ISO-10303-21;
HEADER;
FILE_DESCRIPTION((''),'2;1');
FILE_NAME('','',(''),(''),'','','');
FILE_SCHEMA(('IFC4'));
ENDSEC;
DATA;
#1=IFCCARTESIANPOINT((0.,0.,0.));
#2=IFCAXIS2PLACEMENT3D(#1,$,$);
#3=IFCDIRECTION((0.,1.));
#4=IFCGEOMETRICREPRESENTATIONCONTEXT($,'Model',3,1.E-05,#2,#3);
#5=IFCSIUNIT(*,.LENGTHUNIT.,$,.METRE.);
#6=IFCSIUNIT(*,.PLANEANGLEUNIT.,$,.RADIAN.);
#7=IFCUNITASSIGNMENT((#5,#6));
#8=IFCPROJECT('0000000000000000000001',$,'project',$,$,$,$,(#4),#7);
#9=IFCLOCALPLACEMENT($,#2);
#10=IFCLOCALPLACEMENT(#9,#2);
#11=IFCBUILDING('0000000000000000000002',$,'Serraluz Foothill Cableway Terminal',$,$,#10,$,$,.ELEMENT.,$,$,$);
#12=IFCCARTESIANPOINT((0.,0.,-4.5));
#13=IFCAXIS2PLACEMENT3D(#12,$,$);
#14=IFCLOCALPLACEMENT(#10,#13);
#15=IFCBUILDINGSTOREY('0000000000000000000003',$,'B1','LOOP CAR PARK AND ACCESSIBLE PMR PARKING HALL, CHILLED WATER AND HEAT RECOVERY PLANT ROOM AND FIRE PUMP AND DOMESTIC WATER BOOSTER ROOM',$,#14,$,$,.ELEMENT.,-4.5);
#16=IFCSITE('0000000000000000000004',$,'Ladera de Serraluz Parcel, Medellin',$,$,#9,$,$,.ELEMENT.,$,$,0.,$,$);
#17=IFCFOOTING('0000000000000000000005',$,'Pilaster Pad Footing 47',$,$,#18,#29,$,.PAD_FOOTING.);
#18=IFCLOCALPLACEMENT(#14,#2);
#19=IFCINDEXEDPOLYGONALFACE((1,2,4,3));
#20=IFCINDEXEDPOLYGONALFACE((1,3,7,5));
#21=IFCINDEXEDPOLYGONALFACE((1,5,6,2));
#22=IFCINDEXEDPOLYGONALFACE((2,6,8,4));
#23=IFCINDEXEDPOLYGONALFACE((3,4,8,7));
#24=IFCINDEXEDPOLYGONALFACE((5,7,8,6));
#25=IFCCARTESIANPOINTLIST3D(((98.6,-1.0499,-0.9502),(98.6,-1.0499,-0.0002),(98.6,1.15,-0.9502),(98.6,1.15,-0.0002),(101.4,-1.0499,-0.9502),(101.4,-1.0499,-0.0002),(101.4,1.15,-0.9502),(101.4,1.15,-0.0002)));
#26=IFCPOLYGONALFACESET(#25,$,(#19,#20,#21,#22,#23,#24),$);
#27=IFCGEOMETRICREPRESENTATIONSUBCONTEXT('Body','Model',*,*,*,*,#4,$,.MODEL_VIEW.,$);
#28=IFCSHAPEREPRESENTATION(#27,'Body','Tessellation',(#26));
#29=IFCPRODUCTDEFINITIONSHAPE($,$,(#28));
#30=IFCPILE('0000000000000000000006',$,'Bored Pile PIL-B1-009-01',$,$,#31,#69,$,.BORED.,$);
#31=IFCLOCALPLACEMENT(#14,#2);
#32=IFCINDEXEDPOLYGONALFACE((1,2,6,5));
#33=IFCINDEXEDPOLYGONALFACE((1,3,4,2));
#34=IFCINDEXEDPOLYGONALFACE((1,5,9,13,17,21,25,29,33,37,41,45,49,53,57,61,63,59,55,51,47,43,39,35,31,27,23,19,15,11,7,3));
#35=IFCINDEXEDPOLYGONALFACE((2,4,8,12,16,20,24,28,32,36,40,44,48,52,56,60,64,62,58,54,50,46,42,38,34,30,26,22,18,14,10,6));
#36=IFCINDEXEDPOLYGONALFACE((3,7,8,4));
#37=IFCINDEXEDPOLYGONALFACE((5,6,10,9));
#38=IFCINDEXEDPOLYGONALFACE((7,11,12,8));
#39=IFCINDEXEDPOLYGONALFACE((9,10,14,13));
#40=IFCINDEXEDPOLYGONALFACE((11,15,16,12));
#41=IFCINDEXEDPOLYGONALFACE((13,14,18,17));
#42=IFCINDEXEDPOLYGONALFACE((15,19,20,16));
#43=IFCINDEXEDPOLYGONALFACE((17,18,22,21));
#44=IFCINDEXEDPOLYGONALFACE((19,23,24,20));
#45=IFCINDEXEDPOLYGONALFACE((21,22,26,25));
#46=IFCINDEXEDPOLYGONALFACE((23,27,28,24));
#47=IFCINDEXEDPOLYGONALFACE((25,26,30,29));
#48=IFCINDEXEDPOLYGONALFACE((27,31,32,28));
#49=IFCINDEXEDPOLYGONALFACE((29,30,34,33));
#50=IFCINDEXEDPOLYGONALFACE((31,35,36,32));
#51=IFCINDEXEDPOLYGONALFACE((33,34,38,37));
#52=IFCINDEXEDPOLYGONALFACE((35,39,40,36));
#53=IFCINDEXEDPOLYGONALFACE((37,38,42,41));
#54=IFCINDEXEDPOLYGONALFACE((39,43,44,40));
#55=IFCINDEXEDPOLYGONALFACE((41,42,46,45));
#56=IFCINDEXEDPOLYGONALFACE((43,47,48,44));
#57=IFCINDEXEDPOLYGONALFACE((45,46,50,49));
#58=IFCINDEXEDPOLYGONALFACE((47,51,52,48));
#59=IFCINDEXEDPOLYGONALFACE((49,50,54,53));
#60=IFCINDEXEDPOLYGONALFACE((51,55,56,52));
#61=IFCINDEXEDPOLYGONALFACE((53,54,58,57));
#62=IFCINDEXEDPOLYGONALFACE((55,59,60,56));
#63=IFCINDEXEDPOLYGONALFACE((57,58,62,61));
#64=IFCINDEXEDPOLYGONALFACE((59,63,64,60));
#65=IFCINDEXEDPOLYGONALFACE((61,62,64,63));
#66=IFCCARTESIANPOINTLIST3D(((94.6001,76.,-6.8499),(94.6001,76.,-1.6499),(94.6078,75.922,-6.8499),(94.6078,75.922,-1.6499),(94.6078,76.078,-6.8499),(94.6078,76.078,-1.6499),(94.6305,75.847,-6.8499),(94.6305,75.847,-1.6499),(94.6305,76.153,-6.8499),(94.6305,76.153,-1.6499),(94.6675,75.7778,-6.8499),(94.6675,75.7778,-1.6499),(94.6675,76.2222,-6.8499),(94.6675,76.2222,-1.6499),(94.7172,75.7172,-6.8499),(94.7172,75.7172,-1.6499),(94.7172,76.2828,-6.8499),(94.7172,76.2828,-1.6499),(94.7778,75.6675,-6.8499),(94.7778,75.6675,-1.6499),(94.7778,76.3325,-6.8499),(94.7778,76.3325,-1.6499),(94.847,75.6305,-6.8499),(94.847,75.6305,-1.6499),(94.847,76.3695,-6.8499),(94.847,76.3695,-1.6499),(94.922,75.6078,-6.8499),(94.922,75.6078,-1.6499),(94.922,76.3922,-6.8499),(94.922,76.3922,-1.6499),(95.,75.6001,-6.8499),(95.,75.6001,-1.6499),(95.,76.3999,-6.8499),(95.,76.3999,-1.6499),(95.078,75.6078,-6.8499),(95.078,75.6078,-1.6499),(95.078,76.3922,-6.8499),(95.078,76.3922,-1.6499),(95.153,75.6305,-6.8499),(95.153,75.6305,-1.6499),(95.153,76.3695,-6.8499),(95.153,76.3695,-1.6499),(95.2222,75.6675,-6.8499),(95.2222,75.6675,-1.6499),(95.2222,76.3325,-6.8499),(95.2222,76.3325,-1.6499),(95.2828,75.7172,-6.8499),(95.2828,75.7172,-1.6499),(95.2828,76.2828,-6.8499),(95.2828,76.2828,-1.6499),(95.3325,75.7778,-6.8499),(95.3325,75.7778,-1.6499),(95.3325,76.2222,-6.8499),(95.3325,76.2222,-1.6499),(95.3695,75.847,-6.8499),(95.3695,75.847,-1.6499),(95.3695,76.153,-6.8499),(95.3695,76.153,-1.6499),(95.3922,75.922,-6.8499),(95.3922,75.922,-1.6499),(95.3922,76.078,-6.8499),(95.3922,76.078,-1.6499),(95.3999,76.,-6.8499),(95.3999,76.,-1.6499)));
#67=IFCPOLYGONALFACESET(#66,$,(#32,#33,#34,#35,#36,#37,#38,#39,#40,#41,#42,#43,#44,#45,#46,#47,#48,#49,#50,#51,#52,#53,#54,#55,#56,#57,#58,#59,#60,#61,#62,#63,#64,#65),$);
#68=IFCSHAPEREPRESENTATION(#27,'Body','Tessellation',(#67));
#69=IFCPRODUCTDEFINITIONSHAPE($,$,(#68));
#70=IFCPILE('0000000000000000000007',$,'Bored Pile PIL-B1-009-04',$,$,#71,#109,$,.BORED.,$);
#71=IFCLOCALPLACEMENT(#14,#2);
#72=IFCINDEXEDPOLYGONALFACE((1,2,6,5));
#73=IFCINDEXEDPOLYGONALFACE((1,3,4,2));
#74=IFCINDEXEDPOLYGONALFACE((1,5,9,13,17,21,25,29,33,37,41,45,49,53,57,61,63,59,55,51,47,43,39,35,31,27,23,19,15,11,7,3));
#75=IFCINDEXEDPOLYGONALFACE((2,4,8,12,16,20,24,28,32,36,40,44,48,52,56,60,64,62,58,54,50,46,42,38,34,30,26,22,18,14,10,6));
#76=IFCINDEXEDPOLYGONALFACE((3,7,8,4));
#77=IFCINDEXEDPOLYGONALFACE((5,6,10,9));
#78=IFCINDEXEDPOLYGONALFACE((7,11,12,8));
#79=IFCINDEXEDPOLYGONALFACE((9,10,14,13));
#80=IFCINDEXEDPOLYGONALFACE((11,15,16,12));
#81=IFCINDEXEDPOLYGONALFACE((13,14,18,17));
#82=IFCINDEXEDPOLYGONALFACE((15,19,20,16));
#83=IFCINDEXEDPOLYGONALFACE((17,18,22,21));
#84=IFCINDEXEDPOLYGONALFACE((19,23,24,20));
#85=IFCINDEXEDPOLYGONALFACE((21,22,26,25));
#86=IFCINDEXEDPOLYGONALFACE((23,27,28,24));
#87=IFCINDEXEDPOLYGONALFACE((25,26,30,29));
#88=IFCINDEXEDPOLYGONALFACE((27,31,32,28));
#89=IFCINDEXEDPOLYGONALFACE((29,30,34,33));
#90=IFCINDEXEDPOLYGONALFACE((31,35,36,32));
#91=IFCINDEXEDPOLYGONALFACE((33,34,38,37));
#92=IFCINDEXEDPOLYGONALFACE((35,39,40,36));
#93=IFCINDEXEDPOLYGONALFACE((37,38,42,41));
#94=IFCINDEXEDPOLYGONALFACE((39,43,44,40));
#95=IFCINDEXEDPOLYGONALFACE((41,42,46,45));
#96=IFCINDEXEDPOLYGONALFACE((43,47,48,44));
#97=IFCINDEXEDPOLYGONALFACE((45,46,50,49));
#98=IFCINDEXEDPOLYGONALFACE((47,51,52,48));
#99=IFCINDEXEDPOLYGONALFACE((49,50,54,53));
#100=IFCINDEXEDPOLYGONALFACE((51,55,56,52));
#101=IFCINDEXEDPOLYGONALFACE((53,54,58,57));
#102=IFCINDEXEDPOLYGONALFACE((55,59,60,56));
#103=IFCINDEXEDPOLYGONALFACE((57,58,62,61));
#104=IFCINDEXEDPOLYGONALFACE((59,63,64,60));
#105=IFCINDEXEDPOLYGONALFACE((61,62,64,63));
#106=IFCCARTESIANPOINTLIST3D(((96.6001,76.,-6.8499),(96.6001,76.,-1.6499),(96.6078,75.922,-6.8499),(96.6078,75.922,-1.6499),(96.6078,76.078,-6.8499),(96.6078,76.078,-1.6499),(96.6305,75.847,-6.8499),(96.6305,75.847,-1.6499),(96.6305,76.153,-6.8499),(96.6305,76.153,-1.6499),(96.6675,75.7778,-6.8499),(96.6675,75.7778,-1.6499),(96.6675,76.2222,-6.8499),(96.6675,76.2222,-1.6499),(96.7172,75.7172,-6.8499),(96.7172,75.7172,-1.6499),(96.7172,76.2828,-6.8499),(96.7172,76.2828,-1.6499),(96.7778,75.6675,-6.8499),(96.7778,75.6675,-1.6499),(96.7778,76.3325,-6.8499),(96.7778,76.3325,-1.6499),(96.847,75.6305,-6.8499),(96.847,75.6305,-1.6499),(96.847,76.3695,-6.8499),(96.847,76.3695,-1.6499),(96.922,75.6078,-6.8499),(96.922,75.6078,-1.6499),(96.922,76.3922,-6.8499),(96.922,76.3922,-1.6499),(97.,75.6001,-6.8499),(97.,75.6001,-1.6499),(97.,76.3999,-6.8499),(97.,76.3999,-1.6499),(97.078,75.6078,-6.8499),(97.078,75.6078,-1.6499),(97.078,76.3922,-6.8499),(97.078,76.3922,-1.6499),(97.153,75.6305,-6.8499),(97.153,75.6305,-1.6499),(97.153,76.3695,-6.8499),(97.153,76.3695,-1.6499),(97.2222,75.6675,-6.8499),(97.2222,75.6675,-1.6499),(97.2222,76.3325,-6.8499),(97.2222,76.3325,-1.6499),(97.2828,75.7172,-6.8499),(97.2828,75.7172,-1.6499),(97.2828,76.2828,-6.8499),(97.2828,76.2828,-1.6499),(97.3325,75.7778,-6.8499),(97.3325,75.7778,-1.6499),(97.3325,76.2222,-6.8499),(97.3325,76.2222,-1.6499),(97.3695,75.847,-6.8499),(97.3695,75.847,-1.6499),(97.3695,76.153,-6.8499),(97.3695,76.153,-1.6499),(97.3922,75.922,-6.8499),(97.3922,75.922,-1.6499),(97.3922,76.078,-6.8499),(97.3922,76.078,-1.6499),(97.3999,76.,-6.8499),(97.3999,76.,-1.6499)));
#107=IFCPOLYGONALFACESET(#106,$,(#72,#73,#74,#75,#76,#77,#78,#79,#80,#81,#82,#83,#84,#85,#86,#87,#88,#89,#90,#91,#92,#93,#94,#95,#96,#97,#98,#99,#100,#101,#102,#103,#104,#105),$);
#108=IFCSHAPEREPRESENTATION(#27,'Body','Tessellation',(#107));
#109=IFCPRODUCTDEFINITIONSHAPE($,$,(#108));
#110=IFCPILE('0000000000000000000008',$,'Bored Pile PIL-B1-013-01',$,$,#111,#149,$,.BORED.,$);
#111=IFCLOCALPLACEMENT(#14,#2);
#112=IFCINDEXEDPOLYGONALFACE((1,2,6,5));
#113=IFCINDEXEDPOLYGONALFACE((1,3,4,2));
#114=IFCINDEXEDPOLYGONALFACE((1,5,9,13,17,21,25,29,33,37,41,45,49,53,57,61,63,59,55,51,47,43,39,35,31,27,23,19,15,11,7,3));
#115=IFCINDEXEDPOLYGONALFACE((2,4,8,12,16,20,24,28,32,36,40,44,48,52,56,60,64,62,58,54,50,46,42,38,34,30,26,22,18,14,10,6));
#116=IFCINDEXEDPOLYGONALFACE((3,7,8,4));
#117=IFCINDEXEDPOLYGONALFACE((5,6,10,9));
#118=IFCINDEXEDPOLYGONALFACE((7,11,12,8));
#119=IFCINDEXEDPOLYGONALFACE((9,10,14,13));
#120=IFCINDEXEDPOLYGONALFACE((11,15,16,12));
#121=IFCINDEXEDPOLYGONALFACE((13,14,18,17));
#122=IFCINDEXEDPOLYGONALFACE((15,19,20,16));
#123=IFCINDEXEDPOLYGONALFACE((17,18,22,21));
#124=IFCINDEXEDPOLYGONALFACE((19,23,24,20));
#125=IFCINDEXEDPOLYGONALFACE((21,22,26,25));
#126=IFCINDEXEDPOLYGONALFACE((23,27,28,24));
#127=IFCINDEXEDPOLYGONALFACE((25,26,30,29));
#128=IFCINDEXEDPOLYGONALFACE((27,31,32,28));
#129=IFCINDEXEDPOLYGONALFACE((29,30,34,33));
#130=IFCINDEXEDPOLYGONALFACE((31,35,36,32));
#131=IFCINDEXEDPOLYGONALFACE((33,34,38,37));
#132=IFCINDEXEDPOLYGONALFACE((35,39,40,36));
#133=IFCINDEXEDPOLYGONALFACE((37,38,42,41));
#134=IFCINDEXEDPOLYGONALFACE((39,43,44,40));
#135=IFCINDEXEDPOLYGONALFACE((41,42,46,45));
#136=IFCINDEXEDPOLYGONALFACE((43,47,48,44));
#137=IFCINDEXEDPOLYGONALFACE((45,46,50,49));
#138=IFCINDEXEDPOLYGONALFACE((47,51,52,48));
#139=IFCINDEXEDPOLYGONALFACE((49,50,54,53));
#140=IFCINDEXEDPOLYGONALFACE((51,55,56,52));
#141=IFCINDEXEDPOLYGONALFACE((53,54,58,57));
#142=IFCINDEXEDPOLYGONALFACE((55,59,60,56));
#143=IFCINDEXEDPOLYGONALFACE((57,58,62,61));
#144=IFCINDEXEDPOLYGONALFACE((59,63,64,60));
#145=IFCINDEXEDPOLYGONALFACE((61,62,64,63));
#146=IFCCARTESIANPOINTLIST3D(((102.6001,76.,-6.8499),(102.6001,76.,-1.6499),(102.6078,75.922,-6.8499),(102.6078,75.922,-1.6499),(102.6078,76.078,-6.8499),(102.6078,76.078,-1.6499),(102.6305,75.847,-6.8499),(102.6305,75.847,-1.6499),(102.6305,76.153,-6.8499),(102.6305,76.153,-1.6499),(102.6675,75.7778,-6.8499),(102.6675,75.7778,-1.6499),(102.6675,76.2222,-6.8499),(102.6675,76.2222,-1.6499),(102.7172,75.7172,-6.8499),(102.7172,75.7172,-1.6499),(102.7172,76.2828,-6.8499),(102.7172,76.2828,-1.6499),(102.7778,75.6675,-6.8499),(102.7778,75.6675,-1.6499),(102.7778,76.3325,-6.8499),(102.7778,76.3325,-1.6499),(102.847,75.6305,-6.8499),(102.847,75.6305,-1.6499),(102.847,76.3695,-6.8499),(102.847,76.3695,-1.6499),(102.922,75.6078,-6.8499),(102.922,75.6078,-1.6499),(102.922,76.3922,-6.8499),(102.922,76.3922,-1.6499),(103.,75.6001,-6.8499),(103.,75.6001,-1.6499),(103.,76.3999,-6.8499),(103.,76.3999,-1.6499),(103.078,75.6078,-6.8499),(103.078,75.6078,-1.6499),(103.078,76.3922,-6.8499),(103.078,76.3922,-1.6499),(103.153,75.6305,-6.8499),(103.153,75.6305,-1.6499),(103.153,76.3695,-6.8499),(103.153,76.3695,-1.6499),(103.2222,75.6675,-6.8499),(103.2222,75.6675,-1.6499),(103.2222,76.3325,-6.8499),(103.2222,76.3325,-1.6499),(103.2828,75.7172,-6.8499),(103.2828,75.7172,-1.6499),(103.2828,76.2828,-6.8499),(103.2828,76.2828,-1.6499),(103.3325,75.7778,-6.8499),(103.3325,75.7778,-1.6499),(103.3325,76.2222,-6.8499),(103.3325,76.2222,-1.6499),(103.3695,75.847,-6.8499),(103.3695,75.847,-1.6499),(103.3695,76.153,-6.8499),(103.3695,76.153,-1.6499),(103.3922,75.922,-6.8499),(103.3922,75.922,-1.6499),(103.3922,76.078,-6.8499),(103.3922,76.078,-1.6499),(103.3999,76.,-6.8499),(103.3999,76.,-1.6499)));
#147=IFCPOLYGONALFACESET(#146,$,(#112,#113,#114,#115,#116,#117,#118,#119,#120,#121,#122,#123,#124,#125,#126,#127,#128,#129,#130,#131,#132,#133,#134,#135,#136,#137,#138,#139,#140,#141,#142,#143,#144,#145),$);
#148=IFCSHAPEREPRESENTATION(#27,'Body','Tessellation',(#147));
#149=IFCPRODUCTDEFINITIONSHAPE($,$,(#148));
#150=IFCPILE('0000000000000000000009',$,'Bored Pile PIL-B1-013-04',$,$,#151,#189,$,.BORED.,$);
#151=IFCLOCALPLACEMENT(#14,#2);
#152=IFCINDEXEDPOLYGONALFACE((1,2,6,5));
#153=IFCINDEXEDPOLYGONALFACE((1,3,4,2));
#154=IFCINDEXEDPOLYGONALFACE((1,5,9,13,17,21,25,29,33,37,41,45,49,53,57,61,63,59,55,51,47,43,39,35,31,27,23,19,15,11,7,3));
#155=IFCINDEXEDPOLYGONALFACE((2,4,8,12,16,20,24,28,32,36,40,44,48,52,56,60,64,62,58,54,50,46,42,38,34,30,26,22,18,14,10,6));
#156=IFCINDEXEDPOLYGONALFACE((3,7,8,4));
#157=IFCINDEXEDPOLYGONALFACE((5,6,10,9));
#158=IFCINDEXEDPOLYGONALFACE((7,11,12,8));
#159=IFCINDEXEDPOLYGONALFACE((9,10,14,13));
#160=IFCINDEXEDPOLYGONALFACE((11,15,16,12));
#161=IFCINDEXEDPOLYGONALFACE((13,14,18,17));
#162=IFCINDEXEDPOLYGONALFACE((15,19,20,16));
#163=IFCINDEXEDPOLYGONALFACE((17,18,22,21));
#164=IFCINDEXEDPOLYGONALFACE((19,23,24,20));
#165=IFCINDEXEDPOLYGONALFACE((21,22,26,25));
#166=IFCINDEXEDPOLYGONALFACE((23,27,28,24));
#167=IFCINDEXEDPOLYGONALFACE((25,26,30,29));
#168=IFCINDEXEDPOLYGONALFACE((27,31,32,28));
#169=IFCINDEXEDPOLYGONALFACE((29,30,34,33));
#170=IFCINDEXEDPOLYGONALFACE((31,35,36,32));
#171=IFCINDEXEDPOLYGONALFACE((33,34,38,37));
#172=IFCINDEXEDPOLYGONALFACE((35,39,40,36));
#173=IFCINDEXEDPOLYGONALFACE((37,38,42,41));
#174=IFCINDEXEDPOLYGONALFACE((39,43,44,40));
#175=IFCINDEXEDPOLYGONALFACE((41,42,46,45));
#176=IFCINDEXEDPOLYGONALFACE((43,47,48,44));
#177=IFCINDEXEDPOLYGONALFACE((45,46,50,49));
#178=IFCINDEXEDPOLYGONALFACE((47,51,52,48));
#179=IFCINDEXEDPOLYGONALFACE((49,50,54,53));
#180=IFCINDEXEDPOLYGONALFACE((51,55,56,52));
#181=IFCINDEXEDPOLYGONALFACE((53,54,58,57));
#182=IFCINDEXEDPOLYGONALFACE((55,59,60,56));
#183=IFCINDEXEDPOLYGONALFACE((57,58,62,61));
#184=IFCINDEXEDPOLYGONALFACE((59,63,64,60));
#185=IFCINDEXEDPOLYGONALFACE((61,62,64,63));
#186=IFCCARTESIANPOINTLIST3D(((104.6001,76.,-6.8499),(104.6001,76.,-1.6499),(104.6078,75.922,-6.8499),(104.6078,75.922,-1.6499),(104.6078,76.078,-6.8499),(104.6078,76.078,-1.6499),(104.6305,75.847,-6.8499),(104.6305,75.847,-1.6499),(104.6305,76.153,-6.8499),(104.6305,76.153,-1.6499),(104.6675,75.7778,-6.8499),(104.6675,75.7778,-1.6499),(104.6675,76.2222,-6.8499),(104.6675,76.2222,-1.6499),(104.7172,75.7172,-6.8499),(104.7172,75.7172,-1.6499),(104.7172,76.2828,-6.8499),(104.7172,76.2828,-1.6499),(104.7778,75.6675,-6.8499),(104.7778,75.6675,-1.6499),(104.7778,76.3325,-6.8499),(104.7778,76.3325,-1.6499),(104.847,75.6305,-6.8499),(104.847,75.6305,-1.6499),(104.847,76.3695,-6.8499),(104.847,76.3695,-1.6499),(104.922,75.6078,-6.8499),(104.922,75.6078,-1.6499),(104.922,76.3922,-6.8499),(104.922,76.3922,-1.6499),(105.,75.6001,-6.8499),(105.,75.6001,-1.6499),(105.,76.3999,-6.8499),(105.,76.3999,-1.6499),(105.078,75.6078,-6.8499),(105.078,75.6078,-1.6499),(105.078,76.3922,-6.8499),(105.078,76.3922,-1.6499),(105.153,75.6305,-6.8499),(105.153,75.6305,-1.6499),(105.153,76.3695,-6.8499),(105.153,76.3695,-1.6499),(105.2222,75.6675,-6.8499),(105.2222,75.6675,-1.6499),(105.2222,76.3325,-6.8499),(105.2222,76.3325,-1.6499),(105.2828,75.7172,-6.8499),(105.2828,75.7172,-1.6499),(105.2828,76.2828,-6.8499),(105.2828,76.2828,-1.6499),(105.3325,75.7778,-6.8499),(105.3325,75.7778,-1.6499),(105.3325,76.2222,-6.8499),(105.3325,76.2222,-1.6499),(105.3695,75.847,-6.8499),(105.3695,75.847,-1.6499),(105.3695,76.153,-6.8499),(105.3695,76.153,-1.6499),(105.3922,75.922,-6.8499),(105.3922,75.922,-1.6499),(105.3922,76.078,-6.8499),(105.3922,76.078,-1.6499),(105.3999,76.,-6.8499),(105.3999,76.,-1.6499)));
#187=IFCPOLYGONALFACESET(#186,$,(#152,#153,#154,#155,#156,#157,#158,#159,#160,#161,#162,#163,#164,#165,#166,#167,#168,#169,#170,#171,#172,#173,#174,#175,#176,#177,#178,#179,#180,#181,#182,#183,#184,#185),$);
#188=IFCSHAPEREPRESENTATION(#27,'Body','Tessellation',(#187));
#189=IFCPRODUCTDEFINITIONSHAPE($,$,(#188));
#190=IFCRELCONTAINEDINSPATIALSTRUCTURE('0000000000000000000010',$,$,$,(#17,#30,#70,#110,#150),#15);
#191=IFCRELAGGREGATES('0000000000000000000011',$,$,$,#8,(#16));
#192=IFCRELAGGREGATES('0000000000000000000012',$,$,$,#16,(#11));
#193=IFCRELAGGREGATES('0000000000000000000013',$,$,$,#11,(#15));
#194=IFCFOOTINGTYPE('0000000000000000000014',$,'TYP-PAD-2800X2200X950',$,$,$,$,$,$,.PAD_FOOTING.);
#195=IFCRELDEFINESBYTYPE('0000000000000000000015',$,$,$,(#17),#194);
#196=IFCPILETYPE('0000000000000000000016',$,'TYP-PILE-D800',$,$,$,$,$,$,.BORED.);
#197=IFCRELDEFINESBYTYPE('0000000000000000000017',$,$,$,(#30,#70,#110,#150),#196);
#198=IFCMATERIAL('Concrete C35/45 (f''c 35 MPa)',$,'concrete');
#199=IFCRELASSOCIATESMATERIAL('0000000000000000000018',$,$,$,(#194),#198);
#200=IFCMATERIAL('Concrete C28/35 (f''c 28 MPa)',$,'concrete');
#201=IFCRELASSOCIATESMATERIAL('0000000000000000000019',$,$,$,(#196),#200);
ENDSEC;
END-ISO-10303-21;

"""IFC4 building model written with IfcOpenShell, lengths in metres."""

from ifc_helpers import new_model, si_unit, direction, frame, origin, origin_2d, place, context, subcontext, project, spatial, rectangle, circle, extrude, material, material_profile, profile_set, type_object, element, save


model = new_model("IFC4")

# Units and contexts
model_context = context("Model", 3, precision=1e-05, world=origin(), true_north=direction((0.0, 1.0)))
body_context = subcontext(model_context, "Body", "Model", "MODEL_VIEW")
ifc_project = project(units=[si_unit("LENGTHUNIT", "METRE"), si_unit("PLANEANGLEUNIT", "RADIAN")], contexts=[model_context])

# Site, building, storey
site_placement = place(None, origin())
site = spatial("IfcSite", under=ifc_project, at=site_placement, Name="Ladera de Serraluz Parcel, Medellin", CompositionType="ELEMENT", RefElevation=0.0)
building_placement = place(site_placement, origin())
building = spatial("IfcBuilding", under=site, at=building_placement, Name="Serraluz Foothill Cableway Terminal", CompositionType="ELEMENT")
storey_placement = place(building_placement, frame((0.0, 0.0, -4.5)))
storey = spatial("IfcBuildingStorey", under=building, at=storey_placement, Name="B1", Description="LOOP CAR PARK AND ACCESSIBLE PMR PARKING HALL, CHILLED WATER AND HEAT RECOVERY PLANT ROOM AND FIRE PUMP AND DOMESTIC WATER BOOSTER ROOM", CompositionType="ELEMENT", Elevation=-4.5)

# Footing
ifc_material_1 = material(Name="Concrete C35/45 (f'c 35 MPa)", Category="concrete")
footing_type_1 = type_object("IfcFootingType", Name="TYP-PAD-2800X2200X950", PredefinedType="PAD_FOOTING", material=ifc_material_1)
footing_1_placement = place(storey_placement, frame((100.0, 0.05, -0.9502), z_axis=(0.0, 0.0, 1.0), x_axis=(1.0, 0.0, 0.0)))
element("IfcFooting", 1, at=footing_1_placement, inside=storey, type_object=footing_type_1, Name="Pilaster Pad Footing 47", PredefinedType="PAD_FOOTING", context=body_context, shape_type="SweptSolid", body=[
    extrude(rectangle(XDim=2.8, YDim=2.2, at=origin_2d()), origin(), (0.0, 0.0, 1.0), 0.95),
])

# Piles
ifc_material_2 = material(Name="Concrete C28/35 (f'c 28 MPa)", Category="concrete")
ifc_material_profile_1 = material_profile(ifc_material_2, circle(Radius=0.3999, at=origin_2d()), Name="BORED PILE D800")
ifc_profile_set_1 = profile_set([ifc_material_profile_1], Name="Concrete C28/35 (f'c 28 MPa)")
pile_type_1 = type_object("IfcPileType", Name="TYP-PILE-D800", PredefinedType="BORED", material=ifc_profile_set_1)
for number, where, z_axis, x_axis, name in (
    (2, (95.0, 76.0, -1.6499), (0.0, 0.0, -1.0), (1.0, 0.0, 0.0), "Bored Pile PIL-B1-009-01"),
    (3, (97.0, 76.0, -1.6499), (0.0, 0.0, -1.0), (1.0, 0.0, 0.0), "Bored Pile PIL-B1-009-04"),
    (4, (103.0, 76.0, -1.6499), (0.0, 0.0, -1.0), (1.0, 0.0, 0.0), "Bored Pile PIL-B1-013-01"),
    (5, (105.0, 76.0, -1.6499), (0.0, 0.0, -1.0), (1.0, 0.0, 0.0), "Bored Pile PIL-B1-013-04"),
):
    element("IfcPile", number, at=place(storey_placement, frame(where, z_axis=z_axis, x_axis=x_axis)), inside=storey, type_object=pile_type_1, Name=name, PredefinedType="BORED", context=body_context, shape_type="SweptSolid", body=[
        extrude(circle(Radius=0.3999, at=origin_2d()), origin(), (0.0, 0.0, 1.0), 5.2),
    ])

save(model, "model.ifc")
